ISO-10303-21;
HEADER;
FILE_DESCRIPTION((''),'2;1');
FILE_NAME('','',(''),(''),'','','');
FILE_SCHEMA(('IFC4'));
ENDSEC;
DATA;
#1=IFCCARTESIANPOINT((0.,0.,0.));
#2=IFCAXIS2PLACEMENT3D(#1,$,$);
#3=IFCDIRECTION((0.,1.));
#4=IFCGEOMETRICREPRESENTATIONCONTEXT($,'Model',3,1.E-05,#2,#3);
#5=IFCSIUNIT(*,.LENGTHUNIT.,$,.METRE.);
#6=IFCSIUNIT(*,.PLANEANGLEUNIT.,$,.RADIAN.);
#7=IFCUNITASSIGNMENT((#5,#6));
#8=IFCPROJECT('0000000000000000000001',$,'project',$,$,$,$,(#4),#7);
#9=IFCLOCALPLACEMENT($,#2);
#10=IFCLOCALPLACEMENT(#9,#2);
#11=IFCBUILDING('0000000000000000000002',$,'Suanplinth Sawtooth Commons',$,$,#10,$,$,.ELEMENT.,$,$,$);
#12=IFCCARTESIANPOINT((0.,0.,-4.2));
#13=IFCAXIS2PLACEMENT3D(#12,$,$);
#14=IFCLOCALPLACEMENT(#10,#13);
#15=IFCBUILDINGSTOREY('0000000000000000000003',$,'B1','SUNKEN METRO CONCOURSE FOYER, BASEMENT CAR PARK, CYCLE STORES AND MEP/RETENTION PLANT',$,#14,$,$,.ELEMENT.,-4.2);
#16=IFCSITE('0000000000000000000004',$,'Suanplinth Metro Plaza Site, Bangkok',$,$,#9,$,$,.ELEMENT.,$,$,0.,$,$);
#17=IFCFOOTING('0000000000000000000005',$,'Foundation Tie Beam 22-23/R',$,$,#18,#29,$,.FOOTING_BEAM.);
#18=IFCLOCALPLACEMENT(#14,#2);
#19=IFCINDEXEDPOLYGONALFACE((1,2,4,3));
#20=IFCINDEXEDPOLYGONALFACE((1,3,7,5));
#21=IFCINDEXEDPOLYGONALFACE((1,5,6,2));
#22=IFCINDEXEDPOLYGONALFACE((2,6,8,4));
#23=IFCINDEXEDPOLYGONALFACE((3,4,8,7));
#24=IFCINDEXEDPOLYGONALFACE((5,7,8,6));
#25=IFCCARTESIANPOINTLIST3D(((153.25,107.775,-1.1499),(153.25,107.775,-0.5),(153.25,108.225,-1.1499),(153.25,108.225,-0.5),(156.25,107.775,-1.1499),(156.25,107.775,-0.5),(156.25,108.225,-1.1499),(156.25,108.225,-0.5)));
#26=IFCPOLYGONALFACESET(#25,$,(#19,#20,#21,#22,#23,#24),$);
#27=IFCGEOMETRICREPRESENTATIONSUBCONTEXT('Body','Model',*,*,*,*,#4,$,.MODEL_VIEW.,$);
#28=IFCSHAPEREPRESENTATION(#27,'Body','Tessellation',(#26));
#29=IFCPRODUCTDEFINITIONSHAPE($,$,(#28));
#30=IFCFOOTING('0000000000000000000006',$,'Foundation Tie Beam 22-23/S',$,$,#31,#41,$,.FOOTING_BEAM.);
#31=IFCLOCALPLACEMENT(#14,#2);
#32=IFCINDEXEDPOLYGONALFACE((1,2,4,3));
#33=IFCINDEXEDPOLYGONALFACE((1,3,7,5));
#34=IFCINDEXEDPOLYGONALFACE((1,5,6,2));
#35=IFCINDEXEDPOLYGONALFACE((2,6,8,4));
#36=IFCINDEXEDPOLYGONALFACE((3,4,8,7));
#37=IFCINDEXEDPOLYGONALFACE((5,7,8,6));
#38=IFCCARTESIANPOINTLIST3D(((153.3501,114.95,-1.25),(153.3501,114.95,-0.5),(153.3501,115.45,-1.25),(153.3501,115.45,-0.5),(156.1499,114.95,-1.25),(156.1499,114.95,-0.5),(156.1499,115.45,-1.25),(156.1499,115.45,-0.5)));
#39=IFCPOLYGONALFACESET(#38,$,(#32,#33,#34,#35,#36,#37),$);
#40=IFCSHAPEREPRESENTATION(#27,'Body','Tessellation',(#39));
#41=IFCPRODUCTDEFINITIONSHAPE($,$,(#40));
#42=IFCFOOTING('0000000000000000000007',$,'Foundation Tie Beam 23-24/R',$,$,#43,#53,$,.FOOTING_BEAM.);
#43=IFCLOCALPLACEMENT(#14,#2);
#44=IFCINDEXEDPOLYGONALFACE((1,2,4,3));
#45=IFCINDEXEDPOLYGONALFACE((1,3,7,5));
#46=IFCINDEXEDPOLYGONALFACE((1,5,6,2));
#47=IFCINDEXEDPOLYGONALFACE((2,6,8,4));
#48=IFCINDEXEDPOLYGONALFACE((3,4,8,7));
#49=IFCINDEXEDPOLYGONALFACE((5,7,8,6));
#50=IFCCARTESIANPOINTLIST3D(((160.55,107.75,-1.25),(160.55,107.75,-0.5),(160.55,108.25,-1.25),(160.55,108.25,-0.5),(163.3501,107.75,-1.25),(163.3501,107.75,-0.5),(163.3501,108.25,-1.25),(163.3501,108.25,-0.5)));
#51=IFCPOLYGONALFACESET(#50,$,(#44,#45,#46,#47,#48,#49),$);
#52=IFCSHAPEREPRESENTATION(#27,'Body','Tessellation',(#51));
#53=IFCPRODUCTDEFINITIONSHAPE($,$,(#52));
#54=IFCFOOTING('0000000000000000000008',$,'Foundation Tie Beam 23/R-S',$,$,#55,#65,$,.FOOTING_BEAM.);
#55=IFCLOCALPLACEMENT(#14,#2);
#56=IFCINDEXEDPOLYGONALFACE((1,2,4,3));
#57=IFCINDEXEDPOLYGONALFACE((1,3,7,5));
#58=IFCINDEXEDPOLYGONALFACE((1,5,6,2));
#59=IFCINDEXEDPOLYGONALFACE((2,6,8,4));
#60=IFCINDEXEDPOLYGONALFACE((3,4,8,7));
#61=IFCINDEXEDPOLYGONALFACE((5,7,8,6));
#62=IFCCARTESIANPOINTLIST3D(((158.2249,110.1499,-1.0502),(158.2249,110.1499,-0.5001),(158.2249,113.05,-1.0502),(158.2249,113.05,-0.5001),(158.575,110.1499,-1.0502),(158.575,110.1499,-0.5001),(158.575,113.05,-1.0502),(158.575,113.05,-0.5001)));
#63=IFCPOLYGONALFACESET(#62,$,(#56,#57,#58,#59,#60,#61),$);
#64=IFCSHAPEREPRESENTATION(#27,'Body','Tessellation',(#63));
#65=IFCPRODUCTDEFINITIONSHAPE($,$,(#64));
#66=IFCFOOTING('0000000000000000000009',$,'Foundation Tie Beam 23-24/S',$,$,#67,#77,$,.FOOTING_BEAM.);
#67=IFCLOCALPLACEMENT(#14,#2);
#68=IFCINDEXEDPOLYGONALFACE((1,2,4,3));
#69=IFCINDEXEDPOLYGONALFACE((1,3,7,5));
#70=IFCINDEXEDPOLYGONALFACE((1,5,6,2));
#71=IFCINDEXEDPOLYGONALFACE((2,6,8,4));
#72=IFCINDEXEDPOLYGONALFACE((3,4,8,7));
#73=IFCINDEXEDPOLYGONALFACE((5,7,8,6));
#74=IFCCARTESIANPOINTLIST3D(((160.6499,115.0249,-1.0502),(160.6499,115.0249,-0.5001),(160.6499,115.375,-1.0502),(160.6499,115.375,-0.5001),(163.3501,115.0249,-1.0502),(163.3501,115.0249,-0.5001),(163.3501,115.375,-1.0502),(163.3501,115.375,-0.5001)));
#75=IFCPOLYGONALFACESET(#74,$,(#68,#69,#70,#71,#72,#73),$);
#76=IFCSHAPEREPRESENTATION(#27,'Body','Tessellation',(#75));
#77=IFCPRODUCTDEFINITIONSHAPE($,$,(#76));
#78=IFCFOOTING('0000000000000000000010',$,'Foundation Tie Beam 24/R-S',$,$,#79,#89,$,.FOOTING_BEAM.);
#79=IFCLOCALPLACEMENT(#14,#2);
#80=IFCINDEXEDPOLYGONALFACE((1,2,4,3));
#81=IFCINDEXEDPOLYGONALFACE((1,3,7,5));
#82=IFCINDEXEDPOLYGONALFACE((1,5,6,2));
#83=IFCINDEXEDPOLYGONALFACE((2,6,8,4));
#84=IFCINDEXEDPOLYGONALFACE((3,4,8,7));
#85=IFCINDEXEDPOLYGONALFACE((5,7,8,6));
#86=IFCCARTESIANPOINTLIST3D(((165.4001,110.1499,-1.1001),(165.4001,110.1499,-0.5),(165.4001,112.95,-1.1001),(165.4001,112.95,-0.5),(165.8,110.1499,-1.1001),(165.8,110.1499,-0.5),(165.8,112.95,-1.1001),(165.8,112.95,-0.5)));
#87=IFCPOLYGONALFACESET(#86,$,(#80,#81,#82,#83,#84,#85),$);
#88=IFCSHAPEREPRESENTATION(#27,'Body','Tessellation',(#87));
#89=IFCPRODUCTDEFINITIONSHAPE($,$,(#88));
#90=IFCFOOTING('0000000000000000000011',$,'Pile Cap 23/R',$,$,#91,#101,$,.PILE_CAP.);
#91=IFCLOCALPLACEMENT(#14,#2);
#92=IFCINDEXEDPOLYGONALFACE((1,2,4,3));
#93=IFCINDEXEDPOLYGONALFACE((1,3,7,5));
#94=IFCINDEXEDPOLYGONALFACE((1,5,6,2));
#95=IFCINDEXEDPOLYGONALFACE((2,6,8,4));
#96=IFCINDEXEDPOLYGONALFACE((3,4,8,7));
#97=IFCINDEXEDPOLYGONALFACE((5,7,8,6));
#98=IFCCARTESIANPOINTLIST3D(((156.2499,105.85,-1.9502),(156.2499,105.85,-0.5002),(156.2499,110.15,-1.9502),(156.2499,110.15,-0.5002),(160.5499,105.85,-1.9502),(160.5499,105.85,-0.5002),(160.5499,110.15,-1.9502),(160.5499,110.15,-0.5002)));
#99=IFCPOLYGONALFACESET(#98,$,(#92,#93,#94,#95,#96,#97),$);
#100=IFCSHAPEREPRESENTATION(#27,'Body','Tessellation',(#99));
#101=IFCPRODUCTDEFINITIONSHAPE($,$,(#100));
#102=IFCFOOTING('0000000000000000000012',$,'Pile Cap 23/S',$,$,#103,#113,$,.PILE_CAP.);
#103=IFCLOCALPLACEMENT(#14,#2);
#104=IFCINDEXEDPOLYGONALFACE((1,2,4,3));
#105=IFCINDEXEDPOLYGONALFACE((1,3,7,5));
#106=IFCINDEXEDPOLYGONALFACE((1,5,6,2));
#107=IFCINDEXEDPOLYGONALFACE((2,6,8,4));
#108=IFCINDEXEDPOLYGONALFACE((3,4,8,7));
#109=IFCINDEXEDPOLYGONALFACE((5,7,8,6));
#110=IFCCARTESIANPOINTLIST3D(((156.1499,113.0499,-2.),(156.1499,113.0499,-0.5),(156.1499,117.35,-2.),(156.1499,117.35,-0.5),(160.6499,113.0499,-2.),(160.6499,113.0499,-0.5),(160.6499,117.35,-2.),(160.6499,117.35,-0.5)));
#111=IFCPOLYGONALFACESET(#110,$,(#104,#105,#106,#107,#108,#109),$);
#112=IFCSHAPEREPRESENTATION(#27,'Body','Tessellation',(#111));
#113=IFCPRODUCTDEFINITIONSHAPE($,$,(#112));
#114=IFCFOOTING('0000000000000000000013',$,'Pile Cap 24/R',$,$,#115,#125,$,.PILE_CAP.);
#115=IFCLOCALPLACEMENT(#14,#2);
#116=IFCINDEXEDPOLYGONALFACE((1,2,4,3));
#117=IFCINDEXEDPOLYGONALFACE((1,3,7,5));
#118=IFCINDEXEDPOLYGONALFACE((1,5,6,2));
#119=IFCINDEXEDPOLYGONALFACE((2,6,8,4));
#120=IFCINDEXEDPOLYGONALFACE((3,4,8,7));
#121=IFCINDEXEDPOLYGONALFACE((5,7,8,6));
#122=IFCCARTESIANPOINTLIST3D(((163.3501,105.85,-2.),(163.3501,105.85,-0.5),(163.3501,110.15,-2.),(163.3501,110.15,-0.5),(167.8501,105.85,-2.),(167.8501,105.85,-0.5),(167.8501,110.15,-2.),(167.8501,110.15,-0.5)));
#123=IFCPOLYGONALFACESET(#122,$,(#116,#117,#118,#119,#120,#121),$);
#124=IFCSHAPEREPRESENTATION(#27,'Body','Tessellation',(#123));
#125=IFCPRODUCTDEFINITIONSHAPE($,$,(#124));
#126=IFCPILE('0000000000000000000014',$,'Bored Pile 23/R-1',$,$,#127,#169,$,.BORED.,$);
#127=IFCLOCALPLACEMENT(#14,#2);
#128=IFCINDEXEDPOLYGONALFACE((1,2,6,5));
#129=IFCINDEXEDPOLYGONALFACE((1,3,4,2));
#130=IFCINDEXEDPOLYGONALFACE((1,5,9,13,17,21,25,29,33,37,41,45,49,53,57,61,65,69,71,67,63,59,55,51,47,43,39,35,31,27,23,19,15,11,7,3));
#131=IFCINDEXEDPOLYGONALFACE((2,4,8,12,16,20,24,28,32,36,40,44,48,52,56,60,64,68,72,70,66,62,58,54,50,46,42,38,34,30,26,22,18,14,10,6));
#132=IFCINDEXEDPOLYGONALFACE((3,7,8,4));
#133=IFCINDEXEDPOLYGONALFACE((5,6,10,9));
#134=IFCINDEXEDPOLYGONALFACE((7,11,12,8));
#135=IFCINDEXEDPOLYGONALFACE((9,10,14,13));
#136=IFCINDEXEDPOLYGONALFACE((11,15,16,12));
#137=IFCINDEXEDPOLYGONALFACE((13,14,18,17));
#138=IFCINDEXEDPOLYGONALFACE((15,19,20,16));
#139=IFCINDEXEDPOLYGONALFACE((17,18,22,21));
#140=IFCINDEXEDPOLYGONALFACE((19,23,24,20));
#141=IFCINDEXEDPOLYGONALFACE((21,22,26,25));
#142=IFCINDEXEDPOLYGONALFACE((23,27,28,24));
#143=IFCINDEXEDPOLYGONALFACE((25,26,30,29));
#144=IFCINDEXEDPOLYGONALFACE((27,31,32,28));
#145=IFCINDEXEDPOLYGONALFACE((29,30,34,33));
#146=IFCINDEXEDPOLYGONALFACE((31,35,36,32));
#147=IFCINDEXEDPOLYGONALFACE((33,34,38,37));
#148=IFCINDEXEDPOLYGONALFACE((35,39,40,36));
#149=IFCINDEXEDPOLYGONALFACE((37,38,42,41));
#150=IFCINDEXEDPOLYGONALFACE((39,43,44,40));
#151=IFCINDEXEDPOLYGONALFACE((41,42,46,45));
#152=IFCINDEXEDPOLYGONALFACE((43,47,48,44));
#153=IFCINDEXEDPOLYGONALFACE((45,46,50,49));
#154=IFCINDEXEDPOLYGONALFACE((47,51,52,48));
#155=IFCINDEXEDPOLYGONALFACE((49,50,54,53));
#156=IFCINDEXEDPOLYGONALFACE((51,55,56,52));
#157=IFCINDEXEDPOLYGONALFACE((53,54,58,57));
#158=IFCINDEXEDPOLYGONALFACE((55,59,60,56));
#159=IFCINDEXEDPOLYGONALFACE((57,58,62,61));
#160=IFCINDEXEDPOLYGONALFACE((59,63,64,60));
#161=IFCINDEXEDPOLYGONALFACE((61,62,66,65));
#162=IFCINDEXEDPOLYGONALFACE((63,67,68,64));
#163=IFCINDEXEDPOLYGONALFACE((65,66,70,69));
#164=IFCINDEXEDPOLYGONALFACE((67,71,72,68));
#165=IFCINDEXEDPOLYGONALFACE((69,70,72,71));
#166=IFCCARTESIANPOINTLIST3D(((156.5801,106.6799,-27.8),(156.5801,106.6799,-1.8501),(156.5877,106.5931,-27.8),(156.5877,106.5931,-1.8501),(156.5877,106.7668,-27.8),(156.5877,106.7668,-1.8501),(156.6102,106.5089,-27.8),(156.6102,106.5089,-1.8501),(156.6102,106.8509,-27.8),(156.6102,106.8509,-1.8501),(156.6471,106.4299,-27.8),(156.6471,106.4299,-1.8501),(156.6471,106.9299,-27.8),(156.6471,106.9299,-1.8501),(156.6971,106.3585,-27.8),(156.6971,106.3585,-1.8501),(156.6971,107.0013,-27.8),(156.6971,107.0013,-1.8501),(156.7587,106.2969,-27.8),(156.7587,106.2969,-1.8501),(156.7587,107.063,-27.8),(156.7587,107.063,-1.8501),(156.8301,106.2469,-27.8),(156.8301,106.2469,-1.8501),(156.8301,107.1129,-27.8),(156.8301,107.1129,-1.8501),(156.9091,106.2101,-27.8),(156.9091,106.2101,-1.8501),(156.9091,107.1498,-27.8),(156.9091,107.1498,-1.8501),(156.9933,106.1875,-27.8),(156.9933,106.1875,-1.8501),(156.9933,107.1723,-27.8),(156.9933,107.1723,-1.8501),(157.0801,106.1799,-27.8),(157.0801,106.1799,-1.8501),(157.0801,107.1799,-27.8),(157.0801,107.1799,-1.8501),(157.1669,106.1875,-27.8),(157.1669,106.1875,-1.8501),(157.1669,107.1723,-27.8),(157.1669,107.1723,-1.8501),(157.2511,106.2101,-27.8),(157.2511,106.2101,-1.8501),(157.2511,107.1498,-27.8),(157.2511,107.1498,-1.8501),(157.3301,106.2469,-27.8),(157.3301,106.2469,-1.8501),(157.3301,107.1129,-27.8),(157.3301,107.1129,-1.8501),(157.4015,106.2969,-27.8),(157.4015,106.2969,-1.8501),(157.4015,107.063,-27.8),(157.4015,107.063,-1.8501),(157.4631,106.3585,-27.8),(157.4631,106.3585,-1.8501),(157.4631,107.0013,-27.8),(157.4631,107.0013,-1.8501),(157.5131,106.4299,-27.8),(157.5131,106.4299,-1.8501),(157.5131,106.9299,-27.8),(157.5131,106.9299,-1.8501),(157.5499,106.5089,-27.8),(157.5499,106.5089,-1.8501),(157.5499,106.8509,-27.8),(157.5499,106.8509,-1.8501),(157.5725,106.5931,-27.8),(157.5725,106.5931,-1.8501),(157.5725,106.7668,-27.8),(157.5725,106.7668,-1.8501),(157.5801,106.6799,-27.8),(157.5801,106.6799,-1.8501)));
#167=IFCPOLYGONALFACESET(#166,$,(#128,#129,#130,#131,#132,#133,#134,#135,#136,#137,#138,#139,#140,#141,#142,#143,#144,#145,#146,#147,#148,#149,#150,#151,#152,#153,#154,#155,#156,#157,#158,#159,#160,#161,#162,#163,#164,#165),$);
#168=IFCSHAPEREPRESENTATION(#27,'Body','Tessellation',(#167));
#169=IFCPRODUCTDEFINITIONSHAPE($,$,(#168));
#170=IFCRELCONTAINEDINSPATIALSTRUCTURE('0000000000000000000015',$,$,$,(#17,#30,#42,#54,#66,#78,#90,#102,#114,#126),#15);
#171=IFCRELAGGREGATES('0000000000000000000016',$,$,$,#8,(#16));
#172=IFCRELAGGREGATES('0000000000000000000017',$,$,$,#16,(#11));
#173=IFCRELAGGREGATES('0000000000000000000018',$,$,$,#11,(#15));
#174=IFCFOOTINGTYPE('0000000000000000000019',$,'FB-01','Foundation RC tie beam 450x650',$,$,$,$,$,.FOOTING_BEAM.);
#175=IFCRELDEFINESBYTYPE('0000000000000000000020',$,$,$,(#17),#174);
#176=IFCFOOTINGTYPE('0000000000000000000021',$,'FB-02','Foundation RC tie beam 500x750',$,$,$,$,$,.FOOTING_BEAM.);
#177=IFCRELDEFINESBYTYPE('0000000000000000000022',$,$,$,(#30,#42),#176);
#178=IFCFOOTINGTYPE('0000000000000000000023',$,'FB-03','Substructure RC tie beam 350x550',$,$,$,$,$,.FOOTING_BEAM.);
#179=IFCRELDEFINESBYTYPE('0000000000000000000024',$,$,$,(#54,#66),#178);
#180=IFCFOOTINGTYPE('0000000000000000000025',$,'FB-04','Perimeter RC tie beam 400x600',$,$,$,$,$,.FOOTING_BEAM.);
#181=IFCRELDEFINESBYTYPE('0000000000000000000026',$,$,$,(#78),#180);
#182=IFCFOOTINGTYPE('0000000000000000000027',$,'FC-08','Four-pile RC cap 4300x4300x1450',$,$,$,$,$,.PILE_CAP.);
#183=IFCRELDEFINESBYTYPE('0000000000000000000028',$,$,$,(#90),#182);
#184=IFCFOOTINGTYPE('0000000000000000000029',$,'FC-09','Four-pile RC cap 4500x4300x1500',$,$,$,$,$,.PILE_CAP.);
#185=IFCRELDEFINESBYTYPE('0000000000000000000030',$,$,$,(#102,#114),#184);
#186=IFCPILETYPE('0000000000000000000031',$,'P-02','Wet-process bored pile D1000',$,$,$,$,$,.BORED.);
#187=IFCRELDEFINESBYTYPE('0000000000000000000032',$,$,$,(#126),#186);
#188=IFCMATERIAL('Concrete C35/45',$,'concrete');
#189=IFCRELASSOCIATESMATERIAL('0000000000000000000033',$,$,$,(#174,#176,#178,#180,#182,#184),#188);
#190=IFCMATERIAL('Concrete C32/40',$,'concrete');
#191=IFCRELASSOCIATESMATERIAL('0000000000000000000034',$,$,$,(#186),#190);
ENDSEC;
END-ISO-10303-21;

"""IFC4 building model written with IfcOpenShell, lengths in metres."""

from ifc_helpers import new_model, si_unit, direction, frame, origin, origin_2d, place, context, subcontext, project, spatial, rectangle, circle, extrude, material, material_profile, profile_set, type_object, element, save


model = new_model("IFC4")

# Units and contexts
model_context = context("Model", 3, precision=1e-05, world=origin(), true_north=direction((0.0, 1.0)))
body_context = subcontext(model_context, "Body", "Model", "MODEL_VIEW")
ifc_project = project(units=[si_unit("LENGTHUNIT", "METRE"), si_unit("PLANEANGLEUNIT", "RADIAN")], contexts=[model_context])

# Site, building, storey
site_placement = place(None, origin())
site = spatial("IfcSite", under=ifc_project, at=site_placement, Name="Suanplinth Metro Plaza Site, Bangkok", CompositionType="ELEMENT", RefElevation=0.0)
building_placement = place(site_placement, origin())
building = spatial("IfcBuilding", under=site, at=building_placement, Name="Suanplinth Sawtooth Commons", CompositionType="ELEMENT")
storey_placement = place(building_placement, frame((0.0, 0.0, -4.2)))
storey = spatial("IfcBuildingStorey", under=building, at=storey_placement, Name="B1", Description="SUNKEN METRO CONCOURSE FOYER, BASEMENT CAR PARK, CYCLE STORES AND MEP/RETENTION PLANT", CompositionType="ELEMENT", Elevation=-4.2)

# Footings
ifc_material_1 = material(Name="Concrete C35/45", Category="concrete")
ifc_material_profile_1 = material_profile(ifc_material_1, rectangle(XDim=0.45, YDim=0.6499, at=origin_2d()), Name="PC-GDR 450x650")
ifc_profile_set_1 = profile_set([ifc_material_profile_1], Name="Concrete C35/45")
footing_type_1 = type_object("IfcFootingType", Name="FB-01", Description="Foundation RC tie beam 450x650", PredefinedType="FOOTING_BEAM", material=ifc_profile_set_1)
footing_1_placement = place(storey_placement, frame((153.25, 108.0, -0.825), z_axis=(1.0, 0.0, 0.0), x_axis=(0.0, 1.0, 0.0)))
element("IfcFooting", 1, at=footing_1_placement, inside=storey, type_object=footing_type_1, Name="Foundation Tie Beam 22-23/R", PredefinedType="FOOTING_BEAM", context=body_context, shape_type="SweptSolid", body=[
    extrude(rectangle(XDim=0.45, YDim=0.6499, at=origin_2d()), origin(), (0.0, 0.0, 1.0), 3.0),
])
ifc_material_profile_2 = material_profile(ifc_material_1, rectangle(XDim=0.5, YDim=0.75, at=origin_2d()), Name="RC-GDR 500x750")
ifc_profile_set_2 = profile_set([ifc_material_profile_2], Name="Concrete C35/45")
footing_type_2 = type_object("IfcFootingType", Name="FB-02", Description="Foundation RC tie beam 500x750", PredefinedType="FOOTING_BEAM", material=ifc_profile_set_2)
footing_2_placement = place(storey_placement, frame((153.3501, 115.2, -0.875), z_axis=(1.0, 0.0, 0.0), x_axis=(0.0, 1.0, 0.0)))
element("IfcFooting", 2, at=footing_2_placement, inside=storey, type_object=footing_type_2, Name="Foundation Tie Beam 22-23/S", PredefinedType="FOOTING_BEAM", context=body_context, shape_type="SweptSolid", body=[
    extrude(rectangle(XDim=0.5, YDim=0.75, at=origin_2d()), origin(), (0.0, 0.0, 1.0), 2.7998),
])
footing_3_placement = place(storey_placement, frame((160.55, 108.0, -0.875), z_axis=(1.0, 0.0, 0.0), x_axis=(0.0, 1.0, 0.0)))
element("IfcFooting", 3, at=footing_3_placement, inside=storey, type_object=footing_type_2, Name="Foundation Tie Beam 23-24/R", PredefinedType="FOOTING_BEAM", context=body_context, shape_type="SweptSolid", body=[
    extrude(rectangle(XDim=0.5, YDim=0.75, at=origin_2d()), origin(), (0.0, 0.0, 1.0), 2.8),
])
ifc_material_profile_3 = material_profile(ifc_material_1, rectangle(XDim=0.3501, YDim=0.55, at=origin_2d()), Name="PC-BM 350x550")
ifc_profile_set_3 = profile_set([ifc_material_profile_3], Name="Concrete C35/45")
footing_type_3 = type_object("IfcFootingType", Name="FB-03", Description="Substructure RC tie beam 350x550", PredefinedType="FOOTING_BEAM", material=ifc_profile_set_3)
footing_4_placement = place(storey_placement, frame((158.3999, 110.1499, -0.7751), z_axis=(0.0, 1.0, 0.0), x_axis=(-1.0, 0.0, 0.0)))
element("IfcFooting", 4, at=footing_4_placement, inside=storey, type_object=footing_type_3, Name="Foundation Tie Beam 23/R-S", PredefinedType="FOOTING_BEAM", context=body_context, shape_type="SweptSolid", body=[
    extrude(rectangle(XDim=0.3501, YDim=0.55, at=origin_2d()), origin(), (0.0, 0.0, 1.0), 2.9001),
])
footing_5_placement = place(storey_placement, frame((160.6499, 115.2, -0.7751), z_axis=(1.0, 0.0, 0.0), x_axis=(0.0, 1.0, 0.0)))
element("IfcFooting", 5, at=footing_5_placement, inside=storey, type_object=footing_type_3, Name="Foundation Tie Beam 23-24/S", PredefinedType="FOOTING_BEAM", context=body_context, shape_type="SweptSolid", body=[
    extrude(rectangle(XDim=0.3501, YDim=0.55, at=origin_2d()), origin(), (0.0, 0.0, 1.0), 2.7002),
])
ifc_material_profile_4 = material_profile(ifc_material_1, rectangle(XDim=0.3999, YDim=0.6001, at=origin_2d()), Name="PC-GDR 400x600")
ifc_profile_set_4 = profile_set([ifc_material_profile_4], Name="Concrete C35/45")
footing_type_4 = type_object("IfcFootingType", Name="FB-04", Description="Perimeter RC tie beam 400x600", PredefinedType="FOOTING_BEAM", material=ifc_profile_set_4)
footing_6_placement = place(storey_placement, frame((165.6001, 110.1499, -0.8), z_axis=(0.0, 1.0, 0.0), x_axis=(-1.0, 0.0, 0.0)))
element("IfcFooting", 6, at=footing_6_placement, inside=storey, type_object=footing_type_4, Name="Foundation Tie Beam 24/R-S", PredefinedType="FOOTING_BEAM", context=body_context, shape_type="SweptSolid", body=[
    extrude(rectangle(XDim=0.3999, YDim=0.6001, at=origin_2d()), origin(), (0.0, 0.0, 1.0), 2.8),
])
footing_type_5 = type_object("IfcFootingType", Name="FC-08", Description="Four-pile RC cap 4300x4300x1450", PredefinedType="PILE_CAP", material=ifc_material_1)
footing_7_placement = place(storey_placement, frame((158.3999, 108.0, -1.9502), z_axis=(0.0, 0.0, 1.0), x_axis=(1.0, 0.0, 0.0)))
element("IfcFooting", 7, at=footing_7_placement, inside=storey, type_object=footing_type_5, Name="Pile Cap 23/R", PredefinedType="PILE_CAP", context=body_context, shape_type="SweptSolid", body=[
    extrude(rectangle(XDim=4.3, YDim=4.3, at=origin_2d()), origin(), (0.0, 0.0, 1.0), 1.45),
])
footing_type_6 = type_object("IfcFootingType", Name="FC-09", Description="Four-pile RC cap 4500x4300x1500", PredefinedType="PILE_CAP", material=ifc_material_1)
for number, where, z_axis, x_axis, name in (
    (8, (158.3999, 115.2, -2.0), (0.0, 0.0, 1.0), (1.0, 0.0, 0.0), "Pile Cap 23/S"),
    (9, (165.6001, 108.0, -2.0), (0.0, 0.0, 1.0), (1.0, 0.0, 0.0), "Pile Cap 24/R"),
):
    element("IfcFooting", number, at=place(storey_placement, frame(where, z_axis=z_axis, x_axis=x_axis)), inside=storey, type_object=footing_type_6, Name=name, PredefinedType="PILE_CAP", context=body_context, shape_type="SweptSolid", body=[
        extrude(rectangle(XDim=4.5, YDim=4.3, at=origin_2d()), origin(), (0.0, 0.0, 1.0), 1.5),
    ])

# Pile
ifc_material_2 = material(Name="Concrete C32/40", Category="concrete")
ifc_material_profile_5 = material_profile(ifc_material_2, circle(Radius=0.5, at=origin_2d()), Name="PILE D1000")
ifc_profile_set_5 = profile_set([ifc_material_profile_5], Name="Concrete C32/40")
pile_type = type_object("IfcPileType", Name="P-02", Description="Wet-process bored pile D1000", PredefinedType="BORED", material=ifc_profile_set_5)
for number, where, z_axis, x_axis, name in (
    (10, (157.0801, 106.6799, -1.8501), (0.0, 0.0, -1.0), (1.0, 0.0, 0.0), "Bored Pile 23/R-1"),
):
    element("IfcPile", number, at=place(storey_placement, frame(where, z_axis=z_axis, x_axis=x_axis)), inside=storey, type_object=pile_type, Name=name, PredefinedType="BORED", context=body_context, shape_type="SweptSolid", body=[
        extrude(circle(Radius=0.5, at=origin_2d()), origin(), (0.0, 0.0, 1.0), 25.95),
    ])

save(model, "model.ifc")
